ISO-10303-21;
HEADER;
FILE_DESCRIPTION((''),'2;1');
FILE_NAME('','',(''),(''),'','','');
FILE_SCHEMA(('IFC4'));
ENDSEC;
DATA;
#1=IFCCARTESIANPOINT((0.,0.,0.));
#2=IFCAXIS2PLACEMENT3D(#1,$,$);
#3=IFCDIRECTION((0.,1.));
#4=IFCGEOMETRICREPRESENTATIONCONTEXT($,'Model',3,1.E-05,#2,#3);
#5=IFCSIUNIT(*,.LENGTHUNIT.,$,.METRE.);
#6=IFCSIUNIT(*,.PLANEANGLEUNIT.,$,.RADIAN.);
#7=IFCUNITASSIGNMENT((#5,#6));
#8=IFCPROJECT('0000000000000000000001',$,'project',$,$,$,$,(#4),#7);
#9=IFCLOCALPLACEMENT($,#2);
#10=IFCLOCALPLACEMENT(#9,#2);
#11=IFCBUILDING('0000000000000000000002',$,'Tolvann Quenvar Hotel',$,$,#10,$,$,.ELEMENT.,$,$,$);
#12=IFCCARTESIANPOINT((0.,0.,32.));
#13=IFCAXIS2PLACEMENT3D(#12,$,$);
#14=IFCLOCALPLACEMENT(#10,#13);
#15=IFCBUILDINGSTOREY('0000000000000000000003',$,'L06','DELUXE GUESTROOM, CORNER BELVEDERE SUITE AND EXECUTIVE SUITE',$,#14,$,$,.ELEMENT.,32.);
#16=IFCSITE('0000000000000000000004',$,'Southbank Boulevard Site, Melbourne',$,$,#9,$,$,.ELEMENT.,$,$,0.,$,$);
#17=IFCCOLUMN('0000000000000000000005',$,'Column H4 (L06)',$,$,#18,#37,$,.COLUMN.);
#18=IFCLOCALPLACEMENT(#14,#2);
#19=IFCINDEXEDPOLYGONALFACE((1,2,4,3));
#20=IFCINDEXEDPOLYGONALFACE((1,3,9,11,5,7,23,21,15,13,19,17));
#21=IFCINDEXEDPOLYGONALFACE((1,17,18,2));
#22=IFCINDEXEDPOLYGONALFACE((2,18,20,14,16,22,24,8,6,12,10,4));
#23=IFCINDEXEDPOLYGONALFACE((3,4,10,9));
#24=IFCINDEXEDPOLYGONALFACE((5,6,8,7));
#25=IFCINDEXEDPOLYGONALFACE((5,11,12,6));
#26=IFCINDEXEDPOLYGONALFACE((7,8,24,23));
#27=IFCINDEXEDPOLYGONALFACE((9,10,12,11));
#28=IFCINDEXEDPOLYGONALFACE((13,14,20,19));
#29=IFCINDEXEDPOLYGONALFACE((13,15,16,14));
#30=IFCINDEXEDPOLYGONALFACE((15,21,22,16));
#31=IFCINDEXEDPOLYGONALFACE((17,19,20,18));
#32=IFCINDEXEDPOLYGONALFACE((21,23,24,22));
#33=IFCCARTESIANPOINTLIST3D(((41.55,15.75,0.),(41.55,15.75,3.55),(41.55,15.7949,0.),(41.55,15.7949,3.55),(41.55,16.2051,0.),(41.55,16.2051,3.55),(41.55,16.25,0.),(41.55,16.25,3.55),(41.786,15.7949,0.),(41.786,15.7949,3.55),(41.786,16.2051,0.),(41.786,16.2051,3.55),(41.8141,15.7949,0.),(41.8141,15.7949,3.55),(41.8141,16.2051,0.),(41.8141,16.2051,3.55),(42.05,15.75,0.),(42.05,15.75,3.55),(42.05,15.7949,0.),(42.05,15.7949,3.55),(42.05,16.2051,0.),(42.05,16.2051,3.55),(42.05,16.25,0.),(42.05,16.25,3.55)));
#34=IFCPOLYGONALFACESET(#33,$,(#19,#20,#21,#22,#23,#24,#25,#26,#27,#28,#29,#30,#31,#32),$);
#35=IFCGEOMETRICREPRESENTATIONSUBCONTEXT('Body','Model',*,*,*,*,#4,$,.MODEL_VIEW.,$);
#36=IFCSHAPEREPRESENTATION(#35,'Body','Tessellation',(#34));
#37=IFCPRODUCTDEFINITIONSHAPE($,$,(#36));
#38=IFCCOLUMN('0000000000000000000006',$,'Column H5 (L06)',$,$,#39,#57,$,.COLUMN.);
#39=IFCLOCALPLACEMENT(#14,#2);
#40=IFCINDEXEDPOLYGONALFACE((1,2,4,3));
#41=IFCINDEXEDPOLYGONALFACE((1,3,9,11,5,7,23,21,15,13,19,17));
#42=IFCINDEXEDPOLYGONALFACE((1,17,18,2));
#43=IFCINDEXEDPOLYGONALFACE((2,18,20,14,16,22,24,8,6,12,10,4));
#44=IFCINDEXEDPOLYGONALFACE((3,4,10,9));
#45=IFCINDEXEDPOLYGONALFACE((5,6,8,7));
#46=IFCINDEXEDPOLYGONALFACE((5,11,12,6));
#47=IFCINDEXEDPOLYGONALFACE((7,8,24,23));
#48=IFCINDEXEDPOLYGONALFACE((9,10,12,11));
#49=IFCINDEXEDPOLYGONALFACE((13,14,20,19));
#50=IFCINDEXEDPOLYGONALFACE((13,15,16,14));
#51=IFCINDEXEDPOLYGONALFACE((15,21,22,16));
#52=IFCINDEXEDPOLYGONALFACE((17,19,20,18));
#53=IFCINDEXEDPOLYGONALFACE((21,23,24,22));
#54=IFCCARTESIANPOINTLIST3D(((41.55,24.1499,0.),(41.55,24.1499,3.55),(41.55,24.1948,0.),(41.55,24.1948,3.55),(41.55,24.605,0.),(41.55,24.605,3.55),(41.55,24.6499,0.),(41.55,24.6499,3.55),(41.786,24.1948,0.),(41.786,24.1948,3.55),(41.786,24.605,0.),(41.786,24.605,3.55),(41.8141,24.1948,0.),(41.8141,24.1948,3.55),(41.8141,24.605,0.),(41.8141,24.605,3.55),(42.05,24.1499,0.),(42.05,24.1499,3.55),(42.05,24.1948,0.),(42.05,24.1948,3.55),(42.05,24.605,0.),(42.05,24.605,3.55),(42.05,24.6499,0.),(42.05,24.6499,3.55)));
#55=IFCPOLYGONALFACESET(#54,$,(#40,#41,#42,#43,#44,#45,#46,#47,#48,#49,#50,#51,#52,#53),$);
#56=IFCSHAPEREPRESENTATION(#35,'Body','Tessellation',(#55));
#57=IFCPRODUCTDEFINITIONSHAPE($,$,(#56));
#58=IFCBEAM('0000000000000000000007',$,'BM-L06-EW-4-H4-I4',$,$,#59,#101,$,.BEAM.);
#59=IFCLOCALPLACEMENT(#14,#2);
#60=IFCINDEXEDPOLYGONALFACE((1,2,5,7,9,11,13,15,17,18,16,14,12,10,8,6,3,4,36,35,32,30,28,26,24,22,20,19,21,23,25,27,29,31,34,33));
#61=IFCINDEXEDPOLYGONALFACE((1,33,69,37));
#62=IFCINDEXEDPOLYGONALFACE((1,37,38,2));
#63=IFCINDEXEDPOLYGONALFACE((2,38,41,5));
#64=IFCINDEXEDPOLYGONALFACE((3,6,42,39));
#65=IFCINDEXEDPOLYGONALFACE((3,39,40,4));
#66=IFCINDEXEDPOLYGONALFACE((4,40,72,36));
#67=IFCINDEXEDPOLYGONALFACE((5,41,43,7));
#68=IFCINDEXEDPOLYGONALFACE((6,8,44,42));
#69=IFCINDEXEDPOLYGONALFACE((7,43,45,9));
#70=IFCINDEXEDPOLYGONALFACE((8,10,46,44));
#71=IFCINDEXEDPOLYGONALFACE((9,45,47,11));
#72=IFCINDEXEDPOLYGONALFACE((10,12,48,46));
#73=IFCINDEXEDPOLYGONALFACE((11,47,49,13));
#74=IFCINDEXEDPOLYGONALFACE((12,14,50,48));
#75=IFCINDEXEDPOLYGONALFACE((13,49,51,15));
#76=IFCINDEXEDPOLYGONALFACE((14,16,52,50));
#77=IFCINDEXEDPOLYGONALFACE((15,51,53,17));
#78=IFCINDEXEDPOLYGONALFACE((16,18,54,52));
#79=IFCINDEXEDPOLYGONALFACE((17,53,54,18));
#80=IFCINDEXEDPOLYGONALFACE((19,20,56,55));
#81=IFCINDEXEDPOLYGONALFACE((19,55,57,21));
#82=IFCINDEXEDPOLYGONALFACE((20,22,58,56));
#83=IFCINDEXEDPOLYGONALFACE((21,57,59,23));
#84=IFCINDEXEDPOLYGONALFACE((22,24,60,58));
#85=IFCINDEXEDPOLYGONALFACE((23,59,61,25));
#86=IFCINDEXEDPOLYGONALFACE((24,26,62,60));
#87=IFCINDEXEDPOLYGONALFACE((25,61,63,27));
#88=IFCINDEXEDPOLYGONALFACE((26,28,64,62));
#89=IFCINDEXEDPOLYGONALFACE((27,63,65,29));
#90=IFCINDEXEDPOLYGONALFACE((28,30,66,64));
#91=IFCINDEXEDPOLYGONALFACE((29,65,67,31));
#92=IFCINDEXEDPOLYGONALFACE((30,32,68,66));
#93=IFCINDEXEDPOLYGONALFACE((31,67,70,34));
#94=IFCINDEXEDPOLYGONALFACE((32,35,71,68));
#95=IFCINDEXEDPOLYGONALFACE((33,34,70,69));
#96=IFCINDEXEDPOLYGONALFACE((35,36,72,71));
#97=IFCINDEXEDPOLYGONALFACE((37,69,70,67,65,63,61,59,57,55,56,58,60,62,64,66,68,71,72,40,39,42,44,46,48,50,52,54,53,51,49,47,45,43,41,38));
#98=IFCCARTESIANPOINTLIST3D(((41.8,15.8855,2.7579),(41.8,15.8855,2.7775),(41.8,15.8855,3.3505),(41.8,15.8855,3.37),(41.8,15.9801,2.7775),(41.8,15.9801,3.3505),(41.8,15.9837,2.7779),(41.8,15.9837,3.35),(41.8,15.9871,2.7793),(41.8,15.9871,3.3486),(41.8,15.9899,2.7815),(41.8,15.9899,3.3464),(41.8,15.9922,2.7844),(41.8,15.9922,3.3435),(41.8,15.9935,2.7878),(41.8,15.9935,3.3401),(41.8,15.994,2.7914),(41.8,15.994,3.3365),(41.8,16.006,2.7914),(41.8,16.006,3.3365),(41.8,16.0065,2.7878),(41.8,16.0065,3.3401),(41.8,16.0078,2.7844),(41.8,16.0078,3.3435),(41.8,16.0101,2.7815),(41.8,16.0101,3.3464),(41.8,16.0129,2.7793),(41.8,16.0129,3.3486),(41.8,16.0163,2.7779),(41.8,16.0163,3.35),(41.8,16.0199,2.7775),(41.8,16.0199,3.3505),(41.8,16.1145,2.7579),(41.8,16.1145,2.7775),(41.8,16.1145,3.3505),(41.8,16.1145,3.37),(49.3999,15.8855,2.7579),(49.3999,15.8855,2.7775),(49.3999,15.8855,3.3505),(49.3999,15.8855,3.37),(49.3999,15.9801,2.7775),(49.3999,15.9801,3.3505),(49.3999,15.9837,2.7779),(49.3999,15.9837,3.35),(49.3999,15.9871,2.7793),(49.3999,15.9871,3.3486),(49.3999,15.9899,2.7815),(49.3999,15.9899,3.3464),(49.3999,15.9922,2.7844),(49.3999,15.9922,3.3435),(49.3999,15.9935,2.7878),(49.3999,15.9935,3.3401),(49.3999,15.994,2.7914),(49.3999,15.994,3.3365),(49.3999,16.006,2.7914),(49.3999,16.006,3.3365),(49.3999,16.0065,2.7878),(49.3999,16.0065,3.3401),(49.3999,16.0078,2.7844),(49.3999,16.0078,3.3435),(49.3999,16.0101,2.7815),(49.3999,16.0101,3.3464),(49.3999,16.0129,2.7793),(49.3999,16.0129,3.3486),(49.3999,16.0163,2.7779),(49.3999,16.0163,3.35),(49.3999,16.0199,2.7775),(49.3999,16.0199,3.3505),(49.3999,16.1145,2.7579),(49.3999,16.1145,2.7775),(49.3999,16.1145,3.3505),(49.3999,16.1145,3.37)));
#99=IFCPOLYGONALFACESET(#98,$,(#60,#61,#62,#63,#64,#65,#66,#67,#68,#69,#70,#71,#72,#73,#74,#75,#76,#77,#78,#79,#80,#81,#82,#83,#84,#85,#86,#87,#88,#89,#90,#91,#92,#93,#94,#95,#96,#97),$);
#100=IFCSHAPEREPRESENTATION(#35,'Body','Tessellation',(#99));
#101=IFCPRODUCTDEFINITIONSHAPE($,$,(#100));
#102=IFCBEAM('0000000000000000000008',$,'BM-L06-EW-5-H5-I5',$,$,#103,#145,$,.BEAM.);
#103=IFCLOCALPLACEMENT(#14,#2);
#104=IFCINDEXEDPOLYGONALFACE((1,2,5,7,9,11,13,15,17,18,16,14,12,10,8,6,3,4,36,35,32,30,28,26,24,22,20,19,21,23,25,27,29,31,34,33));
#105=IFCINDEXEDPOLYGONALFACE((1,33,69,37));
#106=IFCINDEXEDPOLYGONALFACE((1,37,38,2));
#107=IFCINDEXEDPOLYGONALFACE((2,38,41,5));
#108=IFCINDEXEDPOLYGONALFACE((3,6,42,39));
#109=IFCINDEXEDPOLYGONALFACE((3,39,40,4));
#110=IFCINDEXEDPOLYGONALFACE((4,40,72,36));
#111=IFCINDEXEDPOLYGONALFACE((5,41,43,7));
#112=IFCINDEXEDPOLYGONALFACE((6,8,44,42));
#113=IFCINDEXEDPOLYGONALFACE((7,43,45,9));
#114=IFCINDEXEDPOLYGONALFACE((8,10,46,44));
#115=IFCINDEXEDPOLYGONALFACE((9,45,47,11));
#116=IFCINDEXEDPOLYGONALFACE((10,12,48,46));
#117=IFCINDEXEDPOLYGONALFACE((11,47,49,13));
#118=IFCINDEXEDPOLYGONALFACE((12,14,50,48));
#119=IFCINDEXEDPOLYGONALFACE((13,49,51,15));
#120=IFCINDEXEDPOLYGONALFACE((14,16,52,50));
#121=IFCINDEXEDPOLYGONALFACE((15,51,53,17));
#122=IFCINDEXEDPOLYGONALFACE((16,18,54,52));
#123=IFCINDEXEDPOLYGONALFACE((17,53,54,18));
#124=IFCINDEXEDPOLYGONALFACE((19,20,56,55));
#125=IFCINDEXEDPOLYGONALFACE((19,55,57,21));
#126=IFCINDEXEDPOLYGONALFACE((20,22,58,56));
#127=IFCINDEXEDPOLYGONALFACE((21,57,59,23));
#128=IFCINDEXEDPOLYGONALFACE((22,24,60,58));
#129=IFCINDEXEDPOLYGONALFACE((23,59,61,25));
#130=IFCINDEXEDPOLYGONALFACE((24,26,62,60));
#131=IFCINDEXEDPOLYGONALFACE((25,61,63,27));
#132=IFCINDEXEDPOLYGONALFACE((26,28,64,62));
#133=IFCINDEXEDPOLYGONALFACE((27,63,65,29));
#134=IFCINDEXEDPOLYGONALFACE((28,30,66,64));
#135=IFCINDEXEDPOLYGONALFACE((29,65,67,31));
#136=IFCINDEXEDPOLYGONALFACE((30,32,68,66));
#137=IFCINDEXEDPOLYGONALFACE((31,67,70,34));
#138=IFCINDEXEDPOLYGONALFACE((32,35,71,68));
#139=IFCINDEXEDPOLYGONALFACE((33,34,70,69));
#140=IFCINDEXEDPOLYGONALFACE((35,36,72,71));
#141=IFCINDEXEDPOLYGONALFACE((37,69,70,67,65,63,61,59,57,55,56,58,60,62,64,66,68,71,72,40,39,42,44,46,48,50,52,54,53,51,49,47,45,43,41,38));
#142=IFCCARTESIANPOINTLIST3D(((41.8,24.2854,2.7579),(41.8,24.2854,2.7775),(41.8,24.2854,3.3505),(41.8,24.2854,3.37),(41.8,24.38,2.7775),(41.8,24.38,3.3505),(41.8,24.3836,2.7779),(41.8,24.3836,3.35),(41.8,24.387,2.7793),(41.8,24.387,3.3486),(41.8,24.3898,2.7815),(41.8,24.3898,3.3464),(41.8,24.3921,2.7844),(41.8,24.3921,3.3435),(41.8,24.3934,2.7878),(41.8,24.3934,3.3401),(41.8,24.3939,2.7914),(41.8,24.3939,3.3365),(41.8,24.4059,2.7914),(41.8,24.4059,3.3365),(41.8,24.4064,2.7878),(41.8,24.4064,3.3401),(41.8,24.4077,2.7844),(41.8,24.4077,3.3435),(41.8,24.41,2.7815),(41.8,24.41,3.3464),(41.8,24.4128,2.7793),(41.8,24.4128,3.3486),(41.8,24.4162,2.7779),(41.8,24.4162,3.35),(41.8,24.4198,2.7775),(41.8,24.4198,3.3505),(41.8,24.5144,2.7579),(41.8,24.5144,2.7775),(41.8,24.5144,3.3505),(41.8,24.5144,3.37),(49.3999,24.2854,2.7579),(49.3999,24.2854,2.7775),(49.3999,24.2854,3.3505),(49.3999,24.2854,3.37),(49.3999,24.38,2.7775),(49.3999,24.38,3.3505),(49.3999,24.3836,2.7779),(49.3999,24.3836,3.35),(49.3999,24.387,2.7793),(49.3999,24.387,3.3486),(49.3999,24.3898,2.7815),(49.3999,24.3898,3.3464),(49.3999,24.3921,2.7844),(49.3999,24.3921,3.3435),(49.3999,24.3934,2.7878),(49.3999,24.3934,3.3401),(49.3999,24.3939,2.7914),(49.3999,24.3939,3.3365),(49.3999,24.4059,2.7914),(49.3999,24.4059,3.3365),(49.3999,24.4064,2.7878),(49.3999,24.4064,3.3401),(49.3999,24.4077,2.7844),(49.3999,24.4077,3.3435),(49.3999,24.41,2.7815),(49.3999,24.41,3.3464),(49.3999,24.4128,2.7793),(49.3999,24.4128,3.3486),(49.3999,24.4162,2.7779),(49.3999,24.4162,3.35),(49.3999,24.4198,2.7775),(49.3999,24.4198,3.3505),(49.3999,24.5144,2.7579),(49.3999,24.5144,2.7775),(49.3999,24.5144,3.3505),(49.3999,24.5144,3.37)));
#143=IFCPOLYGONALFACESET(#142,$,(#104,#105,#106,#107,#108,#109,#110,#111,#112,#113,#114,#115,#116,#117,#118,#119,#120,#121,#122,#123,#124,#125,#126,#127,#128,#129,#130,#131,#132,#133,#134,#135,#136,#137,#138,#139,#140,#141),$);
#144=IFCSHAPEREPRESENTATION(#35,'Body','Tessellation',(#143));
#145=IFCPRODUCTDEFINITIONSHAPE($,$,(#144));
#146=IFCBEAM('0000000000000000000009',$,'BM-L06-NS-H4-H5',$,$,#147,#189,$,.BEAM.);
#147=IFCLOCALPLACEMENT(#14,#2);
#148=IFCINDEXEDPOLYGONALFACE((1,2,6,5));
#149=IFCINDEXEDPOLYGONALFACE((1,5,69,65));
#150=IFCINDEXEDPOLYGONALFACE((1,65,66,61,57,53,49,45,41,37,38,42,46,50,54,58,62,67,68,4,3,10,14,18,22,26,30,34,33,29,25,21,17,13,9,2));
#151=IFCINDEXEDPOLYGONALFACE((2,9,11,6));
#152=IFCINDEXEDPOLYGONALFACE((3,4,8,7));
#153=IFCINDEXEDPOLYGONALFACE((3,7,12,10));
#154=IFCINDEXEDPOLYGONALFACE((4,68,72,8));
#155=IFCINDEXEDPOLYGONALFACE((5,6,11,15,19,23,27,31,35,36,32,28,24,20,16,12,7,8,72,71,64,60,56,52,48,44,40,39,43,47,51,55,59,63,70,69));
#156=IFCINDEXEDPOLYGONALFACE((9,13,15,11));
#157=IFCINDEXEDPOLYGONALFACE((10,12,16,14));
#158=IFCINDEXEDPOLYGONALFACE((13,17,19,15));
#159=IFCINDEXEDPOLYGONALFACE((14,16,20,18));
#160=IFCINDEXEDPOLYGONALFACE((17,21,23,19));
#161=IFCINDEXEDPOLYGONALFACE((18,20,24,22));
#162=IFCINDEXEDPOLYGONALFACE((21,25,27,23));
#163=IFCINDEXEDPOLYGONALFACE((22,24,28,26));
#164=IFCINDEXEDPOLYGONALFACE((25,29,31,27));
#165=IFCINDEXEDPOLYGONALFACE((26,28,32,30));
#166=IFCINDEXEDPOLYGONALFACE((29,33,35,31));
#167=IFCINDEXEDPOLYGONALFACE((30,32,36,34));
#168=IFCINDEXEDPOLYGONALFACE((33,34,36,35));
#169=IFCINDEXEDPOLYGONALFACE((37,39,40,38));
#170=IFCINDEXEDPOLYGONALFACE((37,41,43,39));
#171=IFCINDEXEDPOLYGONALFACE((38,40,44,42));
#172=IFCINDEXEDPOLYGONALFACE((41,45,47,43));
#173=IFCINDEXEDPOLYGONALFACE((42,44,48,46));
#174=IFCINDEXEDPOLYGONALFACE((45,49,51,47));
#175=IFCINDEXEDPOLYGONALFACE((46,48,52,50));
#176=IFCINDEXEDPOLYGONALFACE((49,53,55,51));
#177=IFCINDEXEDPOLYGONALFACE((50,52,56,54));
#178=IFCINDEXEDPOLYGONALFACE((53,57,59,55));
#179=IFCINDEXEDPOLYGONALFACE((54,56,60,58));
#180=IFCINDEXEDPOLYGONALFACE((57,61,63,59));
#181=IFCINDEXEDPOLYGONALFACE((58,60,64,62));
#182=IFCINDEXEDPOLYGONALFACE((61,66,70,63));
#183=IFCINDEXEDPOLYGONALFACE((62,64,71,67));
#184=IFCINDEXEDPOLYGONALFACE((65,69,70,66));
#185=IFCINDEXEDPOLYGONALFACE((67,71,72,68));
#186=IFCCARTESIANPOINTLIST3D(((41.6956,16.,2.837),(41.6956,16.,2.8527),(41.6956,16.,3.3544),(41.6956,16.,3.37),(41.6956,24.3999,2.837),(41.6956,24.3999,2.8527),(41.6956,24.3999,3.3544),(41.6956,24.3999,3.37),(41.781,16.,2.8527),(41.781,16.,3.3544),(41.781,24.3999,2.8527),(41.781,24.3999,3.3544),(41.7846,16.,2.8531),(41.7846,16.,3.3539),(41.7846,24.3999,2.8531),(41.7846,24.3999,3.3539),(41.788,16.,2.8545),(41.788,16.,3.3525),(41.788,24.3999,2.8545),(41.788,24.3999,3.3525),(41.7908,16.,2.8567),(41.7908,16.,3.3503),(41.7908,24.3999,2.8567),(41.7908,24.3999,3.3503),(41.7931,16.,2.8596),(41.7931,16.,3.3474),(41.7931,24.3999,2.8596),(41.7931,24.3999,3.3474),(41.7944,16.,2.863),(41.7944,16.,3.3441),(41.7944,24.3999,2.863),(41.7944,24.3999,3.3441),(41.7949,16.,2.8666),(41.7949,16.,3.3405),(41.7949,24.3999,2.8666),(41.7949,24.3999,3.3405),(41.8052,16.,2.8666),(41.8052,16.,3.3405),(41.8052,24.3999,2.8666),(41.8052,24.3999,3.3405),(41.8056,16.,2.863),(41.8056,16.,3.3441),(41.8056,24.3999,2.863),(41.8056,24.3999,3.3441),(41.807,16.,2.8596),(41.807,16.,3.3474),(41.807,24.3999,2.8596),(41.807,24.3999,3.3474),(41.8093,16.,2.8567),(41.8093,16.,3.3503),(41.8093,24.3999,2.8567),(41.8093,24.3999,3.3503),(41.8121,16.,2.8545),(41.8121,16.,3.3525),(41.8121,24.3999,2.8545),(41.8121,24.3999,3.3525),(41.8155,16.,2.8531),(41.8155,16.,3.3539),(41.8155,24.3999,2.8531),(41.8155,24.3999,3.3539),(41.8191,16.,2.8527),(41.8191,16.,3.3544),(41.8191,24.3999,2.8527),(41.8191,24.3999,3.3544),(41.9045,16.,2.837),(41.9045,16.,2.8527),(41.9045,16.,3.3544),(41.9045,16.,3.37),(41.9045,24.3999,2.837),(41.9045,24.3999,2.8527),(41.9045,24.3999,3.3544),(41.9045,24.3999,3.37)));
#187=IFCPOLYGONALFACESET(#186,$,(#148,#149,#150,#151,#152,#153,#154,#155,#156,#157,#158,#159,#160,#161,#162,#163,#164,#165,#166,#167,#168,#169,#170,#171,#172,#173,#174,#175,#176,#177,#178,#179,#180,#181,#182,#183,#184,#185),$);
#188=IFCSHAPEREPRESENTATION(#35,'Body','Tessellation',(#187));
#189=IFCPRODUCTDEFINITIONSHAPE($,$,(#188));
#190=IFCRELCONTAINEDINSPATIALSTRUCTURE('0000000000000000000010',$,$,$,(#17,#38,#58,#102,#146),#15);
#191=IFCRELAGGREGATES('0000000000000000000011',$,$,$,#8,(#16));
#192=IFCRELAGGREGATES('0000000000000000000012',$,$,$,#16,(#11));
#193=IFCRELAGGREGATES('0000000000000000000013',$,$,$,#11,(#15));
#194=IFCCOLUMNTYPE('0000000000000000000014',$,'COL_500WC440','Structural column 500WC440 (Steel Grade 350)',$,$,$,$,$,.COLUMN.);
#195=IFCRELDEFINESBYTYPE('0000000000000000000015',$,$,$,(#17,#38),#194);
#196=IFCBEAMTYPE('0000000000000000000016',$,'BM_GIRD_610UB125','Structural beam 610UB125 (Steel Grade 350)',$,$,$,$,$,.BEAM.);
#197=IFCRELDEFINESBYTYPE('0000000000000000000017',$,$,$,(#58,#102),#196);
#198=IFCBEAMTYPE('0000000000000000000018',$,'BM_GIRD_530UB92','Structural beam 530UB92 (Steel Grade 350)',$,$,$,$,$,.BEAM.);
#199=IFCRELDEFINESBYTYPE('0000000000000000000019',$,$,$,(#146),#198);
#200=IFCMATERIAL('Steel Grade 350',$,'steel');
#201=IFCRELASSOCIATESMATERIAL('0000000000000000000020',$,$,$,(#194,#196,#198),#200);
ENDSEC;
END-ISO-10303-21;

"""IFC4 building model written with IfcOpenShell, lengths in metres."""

from ifc_helpers import new_model, si_unit, direction, frame, origin, origin_2d, place, context, subcontext, project, spatial, i_section, extrude, source, transform, mapped, material, material_profile, profile_set, type_object, type_shapes, element, save


model = new_model("IFC4")

# Units and contexts
model_context = context("Model", 3, precision=1e-05, world=origin(), true_north=direction((0.0, 1.0)))
body_context = subcontext(model_context, "Body", "Model", "MODEL_VIEW")
ifc_project = project(units=[si_unit("LENGTHUNIT", "METRE"), si_unit("PLANEANGLEUNIT", "RADIAN")], contexts=[model_context])

# Site, building, storey
site_placement = place(None, origin())
site = spatial("IfcSite", under=ifc_project, at=site_placement, Name="Southbank Boulevard Site, Melbourne", CompositionType="ELEMENT", RefElevation=0.0)
building_placement = place(site_placement, origin())
building = spatial("IfcBuilding", under=site, at=building_placement, Name="Tolvann Quenvar Hotel", CompositionType="ELEMENT")
storey_placement = place(building_placement, frame((0.0, 0.0, 32.0)))
storey = spatial("IfcBuildingStorey", under=building, at=storey_placement, Name="L06", Description="DELUXE GUESTROOM, CORNER BELVEDERE SUITE AND EXECUTIVE SUITE", CompositionType="ELEMENT", Elevation=32.0)

# Columns
ifc_material_1 = material(Name="Steel Grade 350", Category="steel")
ifc_material_profile_1 = material_profile(ifc_material_1, i_section(OverallWidth=0.5, OverallDepth=0.5, WebThickness=0.0281, FlangeThickness=0.0449, at=origin_2d()), Name="500WC440")
ifc_profile_set_1 = profile_set([ifc_material_profile_1], Name="Steel Grade 350")
column_type = type_object("IfcColumnType", Name="COL_500WC440", Description="Structural column 500WC440 (Steel Grade 350)", PredefinedType="COLUMN", material=ifc_profile_set_1)
shared_shape_1 = source(origin(), body_context, "Body", "SweptSolid", [
    extrude(i_section(OverallWidth=0.5, OverallDepth=0.5, WebThickness=0.0281, FlangeThickness=0.0449, at=origin_2d()), origin(), (0.0, 0.0, 1.0), 3.55),
])
type_shapes(column_type, [shared_shape_1])
for number, where, z_axis, x_axis, name in (
    (1, (41.8, 16.0, 0.0), (0.0, 0.0, 1.0), (1.0, 0.0, 0.0), "Column H4 (L06)"),
    (2, (41.8, 24.3999, 0.0), (0.0, 0.0, 1.0), (1.0, 0.0, 0.0), "Column H5 (L06)"),
):
    element("IfcColumn", number, at=place(storey_placement, frame(where, z_axis=z_axis, x_axis=x_axis)), inside=storey, type_object=column_type, Name=name, PredefinedType="COLUMN", context=body_context, shape_type="MappedRepresentation", body=[
        mapped(shared_shape_1, transform((0.0, 0.0, 0.0), x_axis=(1.0, 0.0, 0.0), y_axis=(0.0, 1.0, 0.0), z_axis=(0.0, 0.0, 1.0), scale=1.0)),
    ])

# Beams
ifc_material_profile_2 = material_profile(ifc_material_1, i_section(OverallWidth=0.229, OverallDepth=0.6121, WebThickness=0.012, FlangeThickness=0.0195, FilletRadius=0.0139, at=origin_2d()), Name="610UB125")
ifc_profile_set_2 = profile_set([ifc_material_profile_2], Name="Steel Grade 350")
beam_type_1 = type_object("IfcBeamType", Name="BM_GIRD_610UB125", Description="Structural beam 610UB125 (Steel Grade 350)", PredefinedType="BEAM", material=ifc_profile_set_2)
shared_shape_2 = source(origin(), body_context, "Body", "SweptSolid", [
    extrude(i_section(OverallWidth=0.229, OverallDepth=0.6121, WebThickness=0.012, FlangeThickness=0.0195, FilletRadius=0.0139, at=origin_2d()), origin(), (0.0, 0.0, 1.0), 7.5999),
])
type_shapes(beam_type_1, [shared_shape_2])
for number, where, z_axis, x_axis, name in (
    (3, (41.8, 16.0, 3.064), (1.0, 0.0, 0.0), (0.0, 1.0, 0.0), "BM-L06-EW-4-H4-I4"),
    (4, (41.8, 24.3999, 3.064), (1.0, 0.0, 0.0), (0.0, 1.0, 0.0), "BM-L06-EW-5-H5-I5"),
):
    element("IfcBeam", number, at=place(storey_placement, frame(where, z_axis=z_axis, x_axis=x_axis)), inside=storey, type_object=beam_type_1, Name=name, PredefinedType="BEAM", context=body_context, shape_type="MappedRepresentation", body=[
        mapped(shared_shape_2, transform((0.0, 0.0, 0.0), x_axis=(1.0, 0.0, 0.0), y_axis=(0.0, 1.0, 0.0), z_axis=(0.0, 0.0, 1.0), scale=1.0)),
    ])
ifc_material_profile_3 = material_profile(ifc_material_1, i_section(OverallWidth=0.209, OverallDepth=0.533, WebThickness=0.0103, FlangeThickness=0.0156, FilletRadius=0.0139, at=origin_2d()), Name="530UB92")
ifc_profile_set_3 = profile_set([ifc_material_profile_3], Name="Steel Grade 350")
beam_type_2 = type_object("IfcBeamType", Name="BM_GIRD_530UB92", Description="Structural beam 530UB92 (Steel Grade 350)", PredefinedType="BEAM", material=ifc_profile_set_3)
shared_shape_3 = source(origin(), body_context, "Body", "SweptSolid", [
    extrude(i_section(OverallWidth=0.209, OverallDepth=0.533, WebThickness=0.0103, FlangeThickness=0.0156, FilletRadius=0.0139, at=origin_2d()), origin(), (0.0, 0.0, 1.0), 8.3999),
])
type_shapes(beam_type_2, [shared_shape_3])
beam_1_placement = place(storey_placement, frame((41.8, 16.0, 3.1035), z_axis=(0.0, 1.0, 0.0), x_axis=(-1.0, 0.0, 0.0)))
element("IfcBeam", 5, at=beam_1_placement, inside=storey, type_object=beam_type_2, Name="BM-L06-NS-H4-H5", PredefinedType="BEAM", context=body_context, shape_type="MappedRepresentation", body=[
    mapped(shared_shape_3, transform((0.0, 0.0, 0.0), x_axis=(1.0, 0.0, 0.0), y_axis=(0.0, 1.0, 0.0), z_axis=(0.0, 0.0, 1.0), scale=1.0)),
])

save(model, "model.ifc")
